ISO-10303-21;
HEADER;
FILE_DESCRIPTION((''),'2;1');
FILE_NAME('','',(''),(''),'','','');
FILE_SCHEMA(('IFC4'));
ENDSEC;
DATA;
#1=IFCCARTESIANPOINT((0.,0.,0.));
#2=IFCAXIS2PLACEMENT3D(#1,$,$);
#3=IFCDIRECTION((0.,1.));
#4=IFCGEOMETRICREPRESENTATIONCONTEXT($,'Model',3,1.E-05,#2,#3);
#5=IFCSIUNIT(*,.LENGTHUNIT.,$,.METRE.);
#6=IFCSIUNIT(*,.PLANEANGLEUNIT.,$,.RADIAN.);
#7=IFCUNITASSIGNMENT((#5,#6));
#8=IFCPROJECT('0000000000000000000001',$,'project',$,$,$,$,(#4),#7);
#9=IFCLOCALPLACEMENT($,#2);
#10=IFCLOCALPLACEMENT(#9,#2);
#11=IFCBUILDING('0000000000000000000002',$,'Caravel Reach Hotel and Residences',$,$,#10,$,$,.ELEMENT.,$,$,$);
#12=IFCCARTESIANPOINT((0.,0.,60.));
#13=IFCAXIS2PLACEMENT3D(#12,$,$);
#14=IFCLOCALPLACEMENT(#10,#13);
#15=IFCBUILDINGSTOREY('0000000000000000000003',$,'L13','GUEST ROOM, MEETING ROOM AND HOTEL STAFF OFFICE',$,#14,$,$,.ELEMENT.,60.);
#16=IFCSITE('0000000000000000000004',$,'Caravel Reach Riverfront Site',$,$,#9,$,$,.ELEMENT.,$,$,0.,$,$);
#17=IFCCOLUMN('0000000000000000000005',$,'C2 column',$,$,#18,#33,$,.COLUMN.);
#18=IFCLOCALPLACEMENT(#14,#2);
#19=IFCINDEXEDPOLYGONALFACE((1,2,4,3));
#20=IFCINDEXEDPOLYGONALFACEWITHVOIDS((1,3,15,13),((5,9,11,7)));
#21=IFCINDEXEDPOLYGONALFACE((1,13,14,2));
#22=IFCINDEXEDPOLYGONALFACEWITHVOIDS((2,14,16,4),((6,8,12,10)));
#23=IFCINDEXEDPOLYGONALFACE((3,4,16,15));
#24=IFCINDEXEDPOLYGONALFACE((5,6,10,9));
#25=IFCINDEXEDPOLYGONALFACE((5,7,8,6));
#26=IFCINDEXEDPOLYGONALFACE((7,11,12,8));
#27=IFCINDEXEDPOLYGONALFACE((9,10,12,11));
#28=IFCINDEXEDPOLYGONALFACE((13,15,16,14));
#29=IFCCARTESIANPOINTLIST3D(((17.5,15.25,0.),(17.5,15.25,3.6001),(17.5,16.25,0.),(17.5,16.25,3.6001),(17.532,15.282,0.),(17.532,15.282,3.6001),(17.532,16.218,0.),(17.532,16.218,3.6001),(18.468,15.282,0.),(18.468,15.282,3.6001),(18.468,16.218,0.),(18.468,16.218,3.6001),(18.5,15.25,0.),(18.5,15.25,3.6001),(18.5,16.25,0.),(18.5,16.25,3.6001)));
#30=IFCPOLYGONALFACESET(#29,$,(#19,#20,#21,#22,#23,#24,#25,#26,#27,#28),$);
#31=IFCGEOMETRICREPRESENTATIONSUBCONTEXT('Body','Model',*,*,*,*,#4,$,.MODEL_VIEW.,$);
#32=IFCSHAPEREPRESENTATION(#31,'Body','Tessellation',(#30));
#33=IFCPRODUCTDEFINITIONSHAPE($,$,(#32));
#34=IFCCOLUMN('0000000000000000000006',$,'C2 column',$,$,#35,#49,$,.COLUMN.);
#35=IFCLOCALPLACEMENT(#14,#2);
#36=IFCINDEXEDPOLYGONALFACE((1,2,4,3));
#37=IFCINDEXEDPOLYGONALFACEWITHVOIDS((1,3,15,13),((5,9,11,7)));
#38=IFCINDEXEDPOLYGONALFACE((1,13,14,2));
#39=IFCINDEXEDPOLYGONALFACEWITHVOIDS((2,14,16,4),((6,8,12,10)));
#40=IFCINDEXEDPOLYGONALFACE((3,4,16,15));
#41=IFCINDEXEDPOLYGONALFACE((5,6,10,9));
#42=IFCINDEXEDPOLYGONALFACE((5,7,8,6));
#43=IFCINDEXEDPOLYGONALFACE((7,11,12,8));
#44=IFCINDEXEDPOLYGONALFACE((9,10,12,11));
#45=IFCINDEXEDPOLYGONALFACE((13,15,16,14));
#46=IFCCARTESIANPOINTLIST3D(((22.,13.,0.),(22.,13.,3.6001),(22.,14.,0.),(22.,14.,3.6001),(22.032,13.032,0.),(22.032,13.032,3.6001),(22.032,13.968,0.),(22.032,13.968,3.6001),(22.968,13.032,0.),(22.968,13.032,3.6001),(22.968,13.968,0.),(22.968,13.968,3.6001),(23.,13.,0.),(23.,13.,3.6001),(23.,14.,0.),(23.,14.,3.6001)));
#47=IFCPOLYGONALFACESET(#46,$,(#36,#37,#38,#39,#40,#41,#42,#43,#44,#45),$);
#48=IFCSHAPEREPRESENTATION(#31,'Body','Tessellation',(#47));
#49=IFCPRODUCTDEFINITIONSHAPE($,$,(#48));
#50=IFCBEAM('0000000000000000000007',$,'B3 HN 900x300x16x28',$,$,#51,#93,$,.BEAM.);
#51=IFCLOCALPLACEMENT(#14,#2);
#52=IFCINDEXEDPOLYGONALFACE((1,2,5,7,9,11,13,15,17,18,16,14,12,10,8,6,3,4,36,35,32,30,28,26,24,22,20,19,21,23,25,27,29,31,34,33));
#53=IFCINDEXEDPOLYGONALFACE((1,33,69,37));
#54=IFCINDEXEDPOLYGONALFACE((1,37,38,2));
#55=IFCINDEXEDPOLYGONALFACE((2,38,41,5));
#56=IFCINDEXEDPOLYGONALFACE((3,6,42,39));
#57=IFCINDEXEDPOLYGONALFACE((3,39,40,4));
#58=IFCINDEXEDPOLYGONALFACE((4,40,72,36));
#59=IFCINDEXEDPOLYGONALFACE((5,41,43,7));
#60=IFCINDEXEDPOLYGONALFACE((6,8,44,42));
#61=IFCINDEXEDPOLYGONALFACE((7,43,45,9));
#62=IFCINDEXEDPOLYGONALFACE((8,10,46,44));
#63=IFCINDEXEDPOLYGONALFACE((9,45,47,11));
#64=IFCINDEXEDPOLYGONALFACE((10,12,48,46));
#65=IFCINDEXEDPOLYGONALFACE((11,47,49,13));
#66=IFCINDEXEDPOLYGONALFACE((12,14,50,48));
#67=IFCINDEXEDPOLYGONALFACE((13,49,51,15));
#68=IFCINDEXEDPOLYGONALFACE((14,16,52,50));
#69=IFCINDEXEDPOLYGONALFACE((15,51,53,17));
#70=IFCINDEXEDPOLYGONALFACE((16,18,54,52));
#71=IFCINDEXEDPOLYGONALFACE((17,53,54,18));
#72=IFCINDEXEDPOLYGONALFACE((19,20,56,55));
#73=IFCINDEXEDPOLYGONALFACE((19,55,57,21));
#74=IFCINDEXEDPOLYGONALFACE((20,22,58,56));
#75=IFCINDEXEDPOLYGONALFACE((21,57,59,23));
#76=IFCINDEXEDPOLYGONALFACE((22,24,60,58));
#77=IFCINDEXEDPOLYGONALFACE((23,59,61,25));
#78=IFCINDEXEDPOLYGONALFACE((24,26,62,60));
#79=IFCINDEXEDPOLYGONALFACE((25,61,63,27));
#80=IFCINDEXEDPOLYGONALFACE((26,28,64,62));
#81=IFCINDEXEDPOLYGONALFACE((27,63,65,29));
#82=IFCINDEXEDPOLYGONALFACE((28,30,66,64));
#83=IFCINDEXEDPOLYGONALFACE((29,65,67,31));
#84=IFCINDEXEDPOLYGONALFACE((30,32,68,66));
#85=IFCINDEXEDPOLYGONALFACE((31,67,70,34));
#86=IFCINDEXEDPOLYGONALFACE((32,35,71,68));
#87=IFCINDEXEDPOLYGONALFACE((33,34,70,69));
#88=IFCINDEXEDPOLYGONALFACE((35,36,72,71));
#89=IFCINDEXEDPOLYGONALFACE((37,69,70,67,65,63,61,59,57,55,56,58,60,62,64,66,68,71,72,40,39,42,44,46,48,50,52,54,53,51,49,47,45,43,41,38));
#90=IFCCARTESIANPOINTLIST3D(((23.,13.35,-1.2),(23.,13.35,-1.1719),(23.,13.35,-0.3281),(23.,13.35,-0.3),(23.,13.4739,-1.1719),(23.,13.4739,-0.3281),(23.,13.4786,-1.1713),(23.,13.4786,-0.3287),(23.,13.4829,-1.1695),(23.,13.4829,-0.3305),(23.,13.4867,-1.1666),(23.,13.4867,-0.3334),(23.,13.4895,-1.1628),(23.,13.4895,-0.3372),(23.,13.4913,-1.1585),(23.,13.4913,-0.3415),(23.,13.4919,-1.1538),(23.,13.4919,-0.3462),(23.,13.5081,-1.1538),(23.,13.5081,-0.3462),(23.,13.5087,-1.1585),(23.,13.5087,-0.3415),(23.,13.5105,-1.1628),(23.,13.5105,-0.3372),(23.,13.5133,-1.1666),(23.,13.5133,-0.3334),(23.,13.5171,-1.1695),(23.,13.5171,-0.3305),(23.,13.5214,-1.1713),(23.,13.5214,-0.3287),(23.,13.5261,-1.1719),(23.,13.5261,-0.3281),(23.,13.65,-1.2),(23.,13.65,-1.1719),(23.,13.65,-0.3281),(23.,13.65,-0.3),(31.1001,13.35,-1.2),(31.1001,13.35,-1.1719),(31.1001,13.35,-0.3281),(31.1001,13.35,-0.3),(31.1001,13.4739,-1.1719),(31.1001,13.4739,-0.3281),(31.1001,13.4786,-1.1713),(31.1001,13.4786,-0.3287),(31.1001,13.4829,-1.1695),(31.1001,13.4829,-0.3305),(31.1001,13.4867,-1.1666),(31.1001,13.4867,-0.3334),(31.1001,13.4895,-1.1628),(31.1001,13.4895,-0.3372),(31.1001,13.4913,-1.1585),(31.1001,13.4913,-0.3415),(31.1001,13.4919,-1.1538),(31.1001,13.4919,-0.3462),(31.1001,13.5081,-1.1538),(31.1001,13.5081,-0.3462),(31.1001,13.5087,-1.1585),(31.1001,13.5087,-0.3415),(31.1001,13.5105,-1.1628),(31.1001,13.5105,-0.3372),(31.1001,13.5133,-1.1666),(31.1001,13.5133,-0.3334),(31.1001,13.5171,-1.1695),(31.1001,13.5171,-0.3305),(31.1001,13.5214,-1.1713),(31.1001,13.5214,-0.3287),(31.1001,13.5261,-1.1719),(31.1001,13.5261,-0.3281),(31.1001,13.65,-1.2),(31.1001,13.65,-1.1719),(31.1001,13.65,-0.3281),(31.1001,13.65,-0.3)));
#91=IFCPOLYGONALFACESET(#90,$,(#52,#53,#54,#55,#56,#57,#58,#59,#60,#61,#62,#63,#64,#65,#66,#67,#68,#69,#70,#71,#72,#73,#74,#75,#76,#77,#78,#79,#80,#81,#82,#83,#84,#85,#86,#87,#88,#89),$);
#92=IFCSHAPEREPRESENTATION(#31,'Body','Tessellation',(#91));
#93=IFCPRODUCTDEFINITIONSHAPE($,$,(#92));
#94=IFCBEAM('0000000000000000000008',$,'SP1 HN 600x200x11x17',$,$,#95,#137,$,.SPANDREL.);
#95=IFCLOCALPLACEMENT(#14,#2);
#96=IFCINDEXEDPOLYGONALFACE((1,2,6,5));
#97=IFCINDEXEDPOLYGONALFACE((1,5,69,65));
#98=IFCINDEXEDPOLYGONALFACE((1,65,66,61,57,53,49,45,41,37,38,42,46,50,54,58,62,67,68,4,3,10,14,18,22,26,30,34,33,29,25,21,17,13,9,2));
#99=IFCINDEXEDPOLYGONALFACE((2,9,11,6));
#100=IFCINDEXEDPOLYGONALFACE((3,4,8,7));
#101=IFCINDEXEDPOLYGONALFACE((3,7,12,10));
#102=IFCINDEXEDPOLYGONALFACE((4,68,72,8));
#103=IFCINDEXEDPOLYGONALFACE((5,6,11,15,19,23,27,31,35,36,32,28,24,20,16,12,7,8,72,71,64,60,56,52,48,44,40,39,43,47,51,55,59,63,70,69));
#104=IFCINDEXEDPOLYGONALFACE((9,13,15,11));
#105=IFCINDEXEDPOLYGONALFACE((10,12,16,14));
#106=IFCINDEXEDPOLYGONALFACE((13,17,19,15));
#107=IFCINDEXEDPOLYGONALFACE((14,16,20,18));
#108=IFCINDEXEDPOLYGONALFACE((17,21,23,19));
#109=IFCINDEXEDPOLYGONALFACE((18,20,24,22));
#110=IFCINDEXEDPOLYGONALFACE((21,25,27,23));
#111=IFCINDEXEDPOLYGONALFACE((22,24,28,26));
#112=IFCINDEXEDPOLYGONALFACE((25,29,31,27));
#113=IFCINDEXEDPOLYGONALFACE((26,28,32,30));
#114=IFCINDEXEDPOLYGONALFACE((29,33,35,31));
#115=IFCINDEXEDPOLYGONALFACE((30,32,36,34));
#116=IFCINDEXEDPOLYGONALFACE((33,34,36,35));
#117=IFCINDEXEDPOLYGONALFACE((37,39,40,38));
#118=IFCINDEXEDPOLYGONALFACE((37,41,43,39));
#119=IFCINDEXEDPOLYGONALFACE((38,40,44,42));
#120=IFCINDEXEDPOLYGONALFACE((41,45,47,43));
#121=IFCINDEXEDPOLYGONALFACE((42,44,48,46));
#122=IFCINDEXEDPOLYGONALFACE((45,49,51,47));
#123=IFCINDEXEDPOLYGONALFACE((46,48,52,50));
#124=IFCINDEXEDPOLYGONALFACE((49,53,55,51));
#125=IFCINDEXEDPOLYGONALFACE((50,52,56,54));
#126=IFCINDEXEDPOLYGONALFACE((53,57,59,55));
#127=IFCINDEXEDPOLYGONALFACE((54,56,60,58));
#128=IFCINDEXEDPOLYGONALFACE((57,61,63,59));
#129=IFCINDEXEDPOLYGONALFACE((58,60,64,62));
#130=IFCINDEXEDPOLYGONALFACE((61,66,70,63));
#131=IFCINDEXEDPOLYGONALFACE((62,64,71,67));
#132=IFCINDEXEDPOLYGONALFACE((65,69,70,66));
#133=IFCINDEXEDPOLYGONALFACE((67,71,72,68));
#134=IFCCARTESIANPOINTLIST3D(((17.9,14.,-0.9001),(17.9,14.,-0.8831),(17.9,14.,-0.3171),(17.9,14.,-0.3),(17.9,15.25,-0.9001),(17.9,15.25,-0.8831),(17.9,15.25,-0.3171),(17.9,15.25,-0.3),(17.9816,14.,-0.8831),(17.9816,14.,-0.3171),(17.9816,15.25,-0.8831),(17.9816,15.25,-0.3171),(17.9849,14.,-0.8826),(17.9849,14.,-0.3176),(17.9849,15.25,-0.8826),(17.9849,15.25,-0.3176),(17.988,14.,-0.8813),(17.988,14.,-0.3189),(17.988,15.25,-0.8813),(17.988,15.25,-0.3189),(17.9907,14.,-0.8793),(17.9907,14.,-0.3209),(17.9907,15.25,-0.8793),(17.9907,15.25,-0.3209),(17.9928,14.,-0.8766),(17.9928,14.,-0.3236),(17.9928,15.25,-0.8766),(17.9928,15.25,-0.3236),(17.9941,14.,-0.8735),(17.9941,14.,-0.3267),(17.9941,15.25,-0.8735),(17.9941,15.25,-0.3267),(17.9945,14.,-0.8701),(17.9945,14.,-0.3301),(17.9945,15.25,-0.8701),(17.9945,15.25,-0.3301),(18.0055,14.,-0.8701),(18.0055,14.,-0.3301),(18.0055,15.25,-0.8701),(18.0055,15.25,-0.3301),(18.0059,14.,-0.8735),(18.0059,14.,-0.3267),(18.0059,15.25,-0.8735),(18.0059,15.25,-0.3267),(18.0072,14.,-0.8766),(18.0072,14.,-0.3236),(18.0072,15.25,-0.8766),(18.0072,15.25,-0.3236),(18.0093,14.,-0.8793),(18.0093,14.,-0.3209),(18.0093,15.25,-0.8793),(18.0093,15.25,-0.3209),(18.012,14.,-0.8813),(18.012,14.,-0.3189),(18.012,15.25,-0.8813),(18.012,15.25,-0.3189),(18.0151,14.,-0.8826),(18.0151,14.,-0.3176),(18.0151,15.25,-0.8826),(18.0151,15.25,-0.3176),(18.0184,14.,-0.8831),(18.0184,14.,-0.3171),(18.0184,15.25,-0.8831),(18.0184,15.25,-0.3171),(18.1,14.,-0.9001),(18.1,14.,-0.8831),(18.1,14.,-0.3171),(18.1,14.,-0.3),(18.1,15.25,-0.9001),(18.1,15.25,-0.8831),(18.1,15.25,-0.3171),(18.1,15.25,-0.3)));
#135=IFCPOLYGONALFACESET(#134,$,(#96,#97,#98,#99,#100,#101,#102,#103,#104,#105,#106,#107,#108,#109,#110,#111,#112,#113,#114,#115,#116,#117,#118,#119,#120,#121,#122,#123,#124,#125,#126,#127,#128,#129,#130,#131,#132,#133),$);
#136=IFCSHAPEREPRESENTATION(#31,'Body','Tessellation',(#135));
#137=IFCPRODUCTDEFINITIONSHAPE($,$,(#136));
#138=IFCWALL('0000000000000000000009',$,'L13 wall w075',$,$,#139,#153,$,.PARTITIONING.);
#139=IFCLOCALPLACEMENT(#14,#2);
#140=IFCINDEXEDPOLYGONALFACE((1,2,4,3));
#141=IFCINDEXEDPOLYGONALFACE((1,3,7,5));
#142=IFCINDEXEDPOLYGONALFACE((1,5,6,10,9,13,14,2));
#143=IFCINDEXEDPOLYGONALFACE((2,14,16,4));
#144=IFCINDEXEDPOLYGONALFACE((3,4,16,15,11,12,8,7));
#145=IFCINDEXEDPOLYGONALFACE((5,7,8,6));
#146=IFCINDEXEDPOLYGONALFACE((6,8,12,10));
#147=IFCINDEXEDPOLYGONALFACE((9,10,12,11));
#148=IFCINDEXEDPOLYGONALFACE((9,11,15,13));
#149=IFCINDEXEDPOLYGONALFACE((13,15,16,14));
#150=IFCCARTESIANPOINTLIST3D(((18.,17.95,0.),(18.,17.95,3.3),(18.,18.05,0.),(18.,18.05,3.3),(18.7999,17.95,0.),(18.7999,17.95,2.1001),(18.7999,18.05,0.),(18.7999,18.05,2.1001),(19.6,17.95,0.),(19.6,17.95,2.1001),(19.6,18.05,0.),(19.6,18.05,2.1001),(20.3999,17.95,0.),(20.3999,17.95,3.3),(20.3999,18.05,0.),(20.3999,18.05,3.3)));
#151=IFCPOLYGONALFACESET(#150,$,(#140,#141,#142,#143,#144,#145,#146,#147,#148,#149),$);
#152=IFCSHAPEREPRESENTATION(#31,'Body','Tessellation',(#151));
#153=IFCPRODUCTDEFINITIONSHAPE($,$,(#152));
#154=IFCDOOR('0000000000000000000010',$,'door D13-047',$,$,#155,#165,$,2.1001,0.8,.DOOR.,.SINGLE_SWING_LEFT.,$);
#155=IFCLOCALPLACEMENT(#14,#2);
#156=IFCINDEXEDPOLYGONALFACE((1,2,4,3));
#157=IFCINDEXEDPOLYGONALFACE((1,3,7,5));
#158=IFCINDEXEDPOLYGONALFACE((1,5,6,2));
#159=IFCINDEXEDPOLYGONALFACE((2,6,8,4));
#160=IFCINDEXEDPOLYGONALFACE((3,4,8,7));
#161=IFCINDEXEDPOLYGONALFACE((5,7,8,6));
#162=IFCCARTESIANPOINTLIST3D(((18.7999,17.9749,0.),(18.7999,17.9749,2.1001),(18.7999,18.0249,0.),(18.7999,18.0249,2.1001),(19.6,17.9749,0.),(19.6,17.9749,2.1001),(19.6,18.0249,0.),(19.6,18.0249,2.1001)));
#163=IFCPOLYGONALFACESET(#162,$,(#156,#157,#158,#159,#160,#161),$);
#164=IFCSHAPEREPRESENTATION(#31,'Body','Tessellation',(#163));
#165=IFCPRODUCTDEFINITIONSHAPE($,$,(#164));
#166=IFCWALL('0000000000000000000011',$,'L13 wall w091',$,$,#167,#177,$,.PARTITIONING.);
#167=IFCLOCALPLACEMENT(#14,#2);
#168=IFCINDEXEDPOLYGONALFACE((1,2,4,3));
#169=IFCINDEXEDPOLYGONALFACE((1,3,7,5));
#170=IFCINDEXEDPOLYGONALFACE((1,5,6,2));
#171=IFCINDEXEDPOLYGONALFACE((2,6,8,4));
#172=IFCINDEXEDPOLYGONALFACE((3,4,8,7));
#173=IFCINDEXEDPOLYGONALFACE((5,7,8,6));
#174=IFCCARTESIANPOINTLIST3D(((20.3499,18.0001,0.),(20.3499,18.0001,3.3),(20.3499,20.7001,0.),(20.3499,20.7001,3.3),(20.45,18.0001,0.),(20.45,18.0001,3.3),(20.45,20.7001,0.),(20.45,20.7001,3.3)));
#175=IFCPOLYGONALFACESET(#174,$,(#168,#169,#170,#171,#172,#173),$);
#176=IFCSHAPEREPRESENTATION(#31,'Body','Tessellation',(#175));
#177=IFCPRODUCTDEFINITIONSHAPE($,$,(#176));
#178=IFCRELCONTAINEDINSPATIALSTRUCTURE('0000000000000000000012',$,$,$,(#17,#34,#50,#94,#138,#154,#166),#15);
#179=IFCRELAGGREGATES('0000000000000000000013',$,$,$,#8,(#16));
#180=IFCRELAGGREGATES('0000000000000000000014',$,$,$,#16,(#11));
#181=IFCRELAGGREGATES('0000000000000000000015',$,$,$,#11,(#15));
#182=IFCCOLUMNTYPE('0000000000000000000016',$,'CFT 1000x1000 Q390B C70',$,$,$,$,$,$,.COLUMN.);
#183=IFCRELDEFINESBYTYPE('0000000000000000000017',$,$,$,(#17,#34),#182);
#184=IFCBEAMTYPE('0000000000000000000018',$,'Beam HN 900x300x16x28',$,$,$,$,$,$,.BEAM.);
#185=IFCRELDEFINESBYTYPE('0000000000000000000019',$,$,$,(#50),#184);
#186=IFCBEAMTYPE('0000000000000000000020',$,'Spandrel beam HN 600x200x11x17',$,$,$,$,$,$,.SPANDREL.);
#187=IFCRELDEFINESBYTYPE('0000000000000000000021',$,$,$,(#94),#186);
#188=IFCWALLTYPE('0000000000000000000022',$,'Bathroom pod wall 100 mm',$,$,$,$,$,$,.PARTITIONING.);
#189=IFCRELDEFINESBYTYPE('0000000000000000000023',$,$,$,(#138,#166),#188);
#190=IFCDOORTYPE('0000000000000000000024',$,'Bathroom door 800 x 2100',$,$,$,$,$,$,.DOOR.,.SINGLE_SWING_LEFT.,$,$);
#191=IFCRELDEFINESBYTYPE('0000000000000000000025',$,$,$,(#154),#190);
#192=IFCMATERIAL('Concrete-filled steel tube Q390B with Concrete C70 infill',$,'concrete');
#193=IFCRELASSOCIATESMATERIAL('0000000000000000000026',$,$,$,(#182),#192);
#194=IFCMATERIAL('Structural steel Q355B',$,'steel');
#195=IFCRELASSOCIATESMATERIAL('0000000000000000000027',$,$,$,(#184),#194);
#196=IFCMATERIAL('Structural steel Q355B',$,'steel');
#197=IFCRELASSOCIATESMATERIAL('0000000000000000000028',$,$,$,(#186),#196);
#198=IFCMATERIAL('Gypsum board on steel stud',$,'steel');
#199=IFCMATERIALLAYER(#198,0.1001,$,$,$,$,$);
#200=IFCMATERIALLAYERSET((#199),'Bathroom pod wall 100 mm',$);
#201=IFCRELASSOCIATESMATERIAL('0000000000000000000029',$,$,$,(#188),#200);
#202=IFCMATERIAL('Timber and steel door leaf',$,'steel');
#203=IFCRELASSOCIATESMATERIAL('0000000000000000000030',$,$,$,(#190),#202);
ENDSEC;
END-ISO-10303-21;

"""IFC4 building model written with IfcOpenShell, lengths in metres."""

from ifc_helpers import new_model, si_unit, direction, frame, frame_2d, origin, origin_2d, place, context, subcontext, project, spatial, rectangle, hollow_rectangle, i_section, extrude, material, layer, layer_set, material_profile, profile_set, type_object, element, fill, save


model = new_model("IFC4")

# Units and contexts
model_context = context("Model", 3, precision=1e-05, world=origin(), true_north=direction((0.0, 1.0)))
body_context = subcontext(model_context, "Body", "Model", "MODEL_VIEW")
ifc_project = project(units=[si_unit("LENGTHUNIT", "METRE"), si_unit("PLANEANGLEUNIT", "RADIAN")], contexts=[model_context])

# Site, building, storey
site_placement = place(None, origin())
site = spatial("IfcSite", under=ifc_project, at=site_placement, Name="Caravel Reach Riverfront Site", CompositionType="ELEMENT", RefElevation=0.0)
building_placement = place(site_placement, origin())
building = spatial("IfcBuilding", under=site, at=building_placement, Name="Caravel Reach Hotel and Residences", CompositionType="ELEMENT")
storey_placement = place(building_placement, frame((0.0, 0.0, 60.0)))
storey = spatial("IfcBuildingStorey", under=building, at=storey_placement, Name="L13", Description="GUEST ROOM, MEETING ROOM AND HOTEL STAFF OFFICE", CompositionType="ELEMENT", Elevation=60.0)

# Columns
ifc_material_1 = material(Name="Concrete-filled steel tube Q390B with Concrete C70 infill", Category="concrete")
ifc_material_profile_1 = material_profile(ifc_material_1, hollow_rectangle(XDim=1.0, YDim=1.0, WallThickness=0.032, at=origin_2d()), Name="RHS 1000x1000x32")
ifc_profile_set_1 = profile_set([ifc_material_profile_1], Name="Concrete-filled steel tube Q390B with Concrete C70 infill")
column_type = type_object("IfcColumnType", Name="CFT 1000x1000 Q390B C70", PredefinedType="COLUMN", material=ifc_profile_set_1)
for number, where, z_axis, x_axis, name in (
    (1, (18.0, 15.75, 0.0), (0.0, 0.0, 1.0), (1.0, 0.0, 0.0), "C2 column"),
    (2, (22.5, 13.5, 0.0), (0.0, 0.0, 1.0), (1.0, 0.0, 0.0), "C2 column"),
):
    element("IfcColumn", number, at=place(storey_placement, frame(where, z_axis=z_axis, x_axis=x_axis)), inside=storey, type_object=column_type, Name=name, PredefinedType="COLUMN", context=body_context, shape_type="SweptSolid", body=[
        extrude(hollow_rectangle(XDim=1.0, YDim=1.0, WallThickness=0.032, at=origin_2d()), origin(), (0.0, 0.0, 1.0), 3.6001),
    ])

# Beams
ifc_material_2 = material(Name="Structural steel Q355B", Category="steel")
ifc_material_profile_2 = material_profile(ifc_material_2, i_section(OverallWidth=0.3, OverallDepth=0.8999, WebThickness=0.0161, FlangeThickness=0.0281, FilletRadius=0.0181, at=origin_2d()), Name="HN 900x300x16x28")
ifc_profile_set_2 = profile_set([ifc_material_profile_2], Name="Structural steel Q355B")
beam_type_1 = type_object("IfcBeamType", Name="Beam HN 900x300x16x28", PredefinedType="BEAM", material=ifc_profile_set_2)
beam_1_placement = place(storey_placement, frame((23.0, 13.5, -0.75), z_axis=(1.0, 0.0, 0.0), x_axis=(0.0, 1.0, 0.0)))
element("IfcBeam", 3, at=beam_1_placement, inside=storey, type_object=beam_type_1, Name="B3 HN 900x300x16x28", PredefinedType="BEAM", context=body_context, shape_type="SweptSolid", body=[
    extrude(i_section(OverallWidth=0.3, OverallDepth=0.8999, WebThickness=0.0161, FlangeThickness=0.0281, FilletRadius=0.0181, at=origin_2d()), origin(), (0.0, 0.0, 1.0), 8.1001),
])
ifc_material_3 = material(Name="Structural steel Q355B", Category="steel")
ifc_material_profile_3 = material_profile(ifc_material_3, i_section(OverallWidth=0.2, OverallDepth=0.6001, WebThickness=0.011, FlangeThickness=0.0171, FilletRadius=0.0129, at=origin_2d()), Name="HN 600x200x11x17")
ifc_profile_set_3 = profile_set([ifc_material_profile_3], Name="Structural steel Q355B")
beam_type_2 = type_object("IfcBeamType", Name="Spandrel beam HN 600x200x11x17", PredefinedType="SPANDREL", material=ifc_profile_set_3)
beam_2_placement = place(storey_placement, frame((18.0, 15.25, -0.6001), z_axis=(0.0, -1.0, 0.0), x_axis=(1.0, 0.0, 0.0)))
element("IfcBeam", 4, at=beam_2_placement, inside=storey, type_object=beam_type_2, Name="SP1 HN 600x200x11x17", PredefinedType="SPANDREL", context=body_context, shape_type="SweptSolid", body=[
    extrude(i_section(OverallWidth=0.2, OverallDepth=0.6001, WebThickness=0.011, FlangeThickness=0.0171, FilletRadius=0.0129, at=origin_2d()), origin(), (0.0, 0.0, 1.0), 1.25),
])

# Wall, opening, door
ifc_material_4 = material(Name="Gypsum board on steel stud", Category="steel")
ifc_layer_1 = layer(ifc_material_4, 0.1001)
ifc_layer_set_1 = layer_set([ifc_layer_1], Name="Bathroom pod wall 100 mm")
wall_type_1 = type_object("IfcWallType", Name="Bathroom pod wall 100 mm", PredefinedType="PARTITIONING", material=ifc_layer_set_1)
wall_1_placement = place(storey_placement, frame((18.0, 18.0, 0.0), z_axis=(0.0, 0.0, 1.0), x_axis=(1.0, 0.0, 0.0)))
wall_1 = element("IfcWall", 5, at=wall_1_placement, inside=storey, type_object=wall_type_1, Name="L13 wall w075", PredefinedType="PARTITIONING", context=body_context, shape_type="SweptSolid", body=[
    extrude(rectangle(XDim=2.3999, YDim=0.1001, at=frame_2d((1.2, 0.0))), origin(), (0.0, 0.0, 1.0), 3.3),
])
opening_1_placement = place(wall_1_placement, frame((0.8, 0.0, 0.0)))
opening_1 = element("IfcOpeningElement", 6, at=opening_1_placement, cuts=wall_1, PredefinedType="OPENING", context=body_context, shape_type="SweptSolid", body=[
    extrude(rectangle(XDim=0.8, YDim=2.1001, at=frame_2d((0.3999, 1.05))), frame((0.0, 0.0601, 0.0), z_axis=(0.0, -1.0, 0.0), x_axis=(1.0, 0.0, 0.0)), (0.0, 0.0, 1.0), 0.1201),
])
ifc_material_5 = material(Name="Timber and steel door leaf", Category="steel")
door_type_1 = type_object("IfcDoorType", Name="Bathroom door 800 x 2100", OperationType="SINGLE_SWING_LEFT", PredefinedType="DOOR", material=ifc_material_5)
door_1_placement = place(opening_1_placement, origin())
door_1 = element("IfcDoor", 7, at=door_1_placement, inside=storey, type_object=door_type_1, Name="door D13-047", OperationType="SINGLE_SWING_LEFT", OverallHeight=2.1001, OverallWidth=0.8, PredefinedType="DOOR", context=body_context, shape_type="SweptSolid", body=[
    extrude(rectangle(XDim=0.8, YDim=2.1001, at=frame_2d((0.3999, 1.05))), frame((0.0, 0.0249, 0.0), z_axis=(0.0, -1.0, 0.0), x_axis=(1.0, 0.0, 0.0)), (0.0, 0.0, 1.0), 0.05),
])
fill(opening_1, door_1)

# Wall
wall_2_placement = place(storey_placement, frame((20.3999, 18.0, 0.0), z_axis=(0.0, 0.0, 1.0), x_axis=(0.0, 1.0, 0.0)))
element("IfcWall", 8, at=wall_2_placement, inside=storey, type_object=wall_type_1, Name="L13 wall w091", PredefinedType="PARTITIONING", context=body_context, shape_type="SweptSolid", body=[
    extrude(rectangle(XDim=2.7, YDim=0.1001, at=frame_2d((1.3501, 0.0))), origin(), (0.0, 0.0, 1.0), 3.3),
])

save(model, "model.ifc")
